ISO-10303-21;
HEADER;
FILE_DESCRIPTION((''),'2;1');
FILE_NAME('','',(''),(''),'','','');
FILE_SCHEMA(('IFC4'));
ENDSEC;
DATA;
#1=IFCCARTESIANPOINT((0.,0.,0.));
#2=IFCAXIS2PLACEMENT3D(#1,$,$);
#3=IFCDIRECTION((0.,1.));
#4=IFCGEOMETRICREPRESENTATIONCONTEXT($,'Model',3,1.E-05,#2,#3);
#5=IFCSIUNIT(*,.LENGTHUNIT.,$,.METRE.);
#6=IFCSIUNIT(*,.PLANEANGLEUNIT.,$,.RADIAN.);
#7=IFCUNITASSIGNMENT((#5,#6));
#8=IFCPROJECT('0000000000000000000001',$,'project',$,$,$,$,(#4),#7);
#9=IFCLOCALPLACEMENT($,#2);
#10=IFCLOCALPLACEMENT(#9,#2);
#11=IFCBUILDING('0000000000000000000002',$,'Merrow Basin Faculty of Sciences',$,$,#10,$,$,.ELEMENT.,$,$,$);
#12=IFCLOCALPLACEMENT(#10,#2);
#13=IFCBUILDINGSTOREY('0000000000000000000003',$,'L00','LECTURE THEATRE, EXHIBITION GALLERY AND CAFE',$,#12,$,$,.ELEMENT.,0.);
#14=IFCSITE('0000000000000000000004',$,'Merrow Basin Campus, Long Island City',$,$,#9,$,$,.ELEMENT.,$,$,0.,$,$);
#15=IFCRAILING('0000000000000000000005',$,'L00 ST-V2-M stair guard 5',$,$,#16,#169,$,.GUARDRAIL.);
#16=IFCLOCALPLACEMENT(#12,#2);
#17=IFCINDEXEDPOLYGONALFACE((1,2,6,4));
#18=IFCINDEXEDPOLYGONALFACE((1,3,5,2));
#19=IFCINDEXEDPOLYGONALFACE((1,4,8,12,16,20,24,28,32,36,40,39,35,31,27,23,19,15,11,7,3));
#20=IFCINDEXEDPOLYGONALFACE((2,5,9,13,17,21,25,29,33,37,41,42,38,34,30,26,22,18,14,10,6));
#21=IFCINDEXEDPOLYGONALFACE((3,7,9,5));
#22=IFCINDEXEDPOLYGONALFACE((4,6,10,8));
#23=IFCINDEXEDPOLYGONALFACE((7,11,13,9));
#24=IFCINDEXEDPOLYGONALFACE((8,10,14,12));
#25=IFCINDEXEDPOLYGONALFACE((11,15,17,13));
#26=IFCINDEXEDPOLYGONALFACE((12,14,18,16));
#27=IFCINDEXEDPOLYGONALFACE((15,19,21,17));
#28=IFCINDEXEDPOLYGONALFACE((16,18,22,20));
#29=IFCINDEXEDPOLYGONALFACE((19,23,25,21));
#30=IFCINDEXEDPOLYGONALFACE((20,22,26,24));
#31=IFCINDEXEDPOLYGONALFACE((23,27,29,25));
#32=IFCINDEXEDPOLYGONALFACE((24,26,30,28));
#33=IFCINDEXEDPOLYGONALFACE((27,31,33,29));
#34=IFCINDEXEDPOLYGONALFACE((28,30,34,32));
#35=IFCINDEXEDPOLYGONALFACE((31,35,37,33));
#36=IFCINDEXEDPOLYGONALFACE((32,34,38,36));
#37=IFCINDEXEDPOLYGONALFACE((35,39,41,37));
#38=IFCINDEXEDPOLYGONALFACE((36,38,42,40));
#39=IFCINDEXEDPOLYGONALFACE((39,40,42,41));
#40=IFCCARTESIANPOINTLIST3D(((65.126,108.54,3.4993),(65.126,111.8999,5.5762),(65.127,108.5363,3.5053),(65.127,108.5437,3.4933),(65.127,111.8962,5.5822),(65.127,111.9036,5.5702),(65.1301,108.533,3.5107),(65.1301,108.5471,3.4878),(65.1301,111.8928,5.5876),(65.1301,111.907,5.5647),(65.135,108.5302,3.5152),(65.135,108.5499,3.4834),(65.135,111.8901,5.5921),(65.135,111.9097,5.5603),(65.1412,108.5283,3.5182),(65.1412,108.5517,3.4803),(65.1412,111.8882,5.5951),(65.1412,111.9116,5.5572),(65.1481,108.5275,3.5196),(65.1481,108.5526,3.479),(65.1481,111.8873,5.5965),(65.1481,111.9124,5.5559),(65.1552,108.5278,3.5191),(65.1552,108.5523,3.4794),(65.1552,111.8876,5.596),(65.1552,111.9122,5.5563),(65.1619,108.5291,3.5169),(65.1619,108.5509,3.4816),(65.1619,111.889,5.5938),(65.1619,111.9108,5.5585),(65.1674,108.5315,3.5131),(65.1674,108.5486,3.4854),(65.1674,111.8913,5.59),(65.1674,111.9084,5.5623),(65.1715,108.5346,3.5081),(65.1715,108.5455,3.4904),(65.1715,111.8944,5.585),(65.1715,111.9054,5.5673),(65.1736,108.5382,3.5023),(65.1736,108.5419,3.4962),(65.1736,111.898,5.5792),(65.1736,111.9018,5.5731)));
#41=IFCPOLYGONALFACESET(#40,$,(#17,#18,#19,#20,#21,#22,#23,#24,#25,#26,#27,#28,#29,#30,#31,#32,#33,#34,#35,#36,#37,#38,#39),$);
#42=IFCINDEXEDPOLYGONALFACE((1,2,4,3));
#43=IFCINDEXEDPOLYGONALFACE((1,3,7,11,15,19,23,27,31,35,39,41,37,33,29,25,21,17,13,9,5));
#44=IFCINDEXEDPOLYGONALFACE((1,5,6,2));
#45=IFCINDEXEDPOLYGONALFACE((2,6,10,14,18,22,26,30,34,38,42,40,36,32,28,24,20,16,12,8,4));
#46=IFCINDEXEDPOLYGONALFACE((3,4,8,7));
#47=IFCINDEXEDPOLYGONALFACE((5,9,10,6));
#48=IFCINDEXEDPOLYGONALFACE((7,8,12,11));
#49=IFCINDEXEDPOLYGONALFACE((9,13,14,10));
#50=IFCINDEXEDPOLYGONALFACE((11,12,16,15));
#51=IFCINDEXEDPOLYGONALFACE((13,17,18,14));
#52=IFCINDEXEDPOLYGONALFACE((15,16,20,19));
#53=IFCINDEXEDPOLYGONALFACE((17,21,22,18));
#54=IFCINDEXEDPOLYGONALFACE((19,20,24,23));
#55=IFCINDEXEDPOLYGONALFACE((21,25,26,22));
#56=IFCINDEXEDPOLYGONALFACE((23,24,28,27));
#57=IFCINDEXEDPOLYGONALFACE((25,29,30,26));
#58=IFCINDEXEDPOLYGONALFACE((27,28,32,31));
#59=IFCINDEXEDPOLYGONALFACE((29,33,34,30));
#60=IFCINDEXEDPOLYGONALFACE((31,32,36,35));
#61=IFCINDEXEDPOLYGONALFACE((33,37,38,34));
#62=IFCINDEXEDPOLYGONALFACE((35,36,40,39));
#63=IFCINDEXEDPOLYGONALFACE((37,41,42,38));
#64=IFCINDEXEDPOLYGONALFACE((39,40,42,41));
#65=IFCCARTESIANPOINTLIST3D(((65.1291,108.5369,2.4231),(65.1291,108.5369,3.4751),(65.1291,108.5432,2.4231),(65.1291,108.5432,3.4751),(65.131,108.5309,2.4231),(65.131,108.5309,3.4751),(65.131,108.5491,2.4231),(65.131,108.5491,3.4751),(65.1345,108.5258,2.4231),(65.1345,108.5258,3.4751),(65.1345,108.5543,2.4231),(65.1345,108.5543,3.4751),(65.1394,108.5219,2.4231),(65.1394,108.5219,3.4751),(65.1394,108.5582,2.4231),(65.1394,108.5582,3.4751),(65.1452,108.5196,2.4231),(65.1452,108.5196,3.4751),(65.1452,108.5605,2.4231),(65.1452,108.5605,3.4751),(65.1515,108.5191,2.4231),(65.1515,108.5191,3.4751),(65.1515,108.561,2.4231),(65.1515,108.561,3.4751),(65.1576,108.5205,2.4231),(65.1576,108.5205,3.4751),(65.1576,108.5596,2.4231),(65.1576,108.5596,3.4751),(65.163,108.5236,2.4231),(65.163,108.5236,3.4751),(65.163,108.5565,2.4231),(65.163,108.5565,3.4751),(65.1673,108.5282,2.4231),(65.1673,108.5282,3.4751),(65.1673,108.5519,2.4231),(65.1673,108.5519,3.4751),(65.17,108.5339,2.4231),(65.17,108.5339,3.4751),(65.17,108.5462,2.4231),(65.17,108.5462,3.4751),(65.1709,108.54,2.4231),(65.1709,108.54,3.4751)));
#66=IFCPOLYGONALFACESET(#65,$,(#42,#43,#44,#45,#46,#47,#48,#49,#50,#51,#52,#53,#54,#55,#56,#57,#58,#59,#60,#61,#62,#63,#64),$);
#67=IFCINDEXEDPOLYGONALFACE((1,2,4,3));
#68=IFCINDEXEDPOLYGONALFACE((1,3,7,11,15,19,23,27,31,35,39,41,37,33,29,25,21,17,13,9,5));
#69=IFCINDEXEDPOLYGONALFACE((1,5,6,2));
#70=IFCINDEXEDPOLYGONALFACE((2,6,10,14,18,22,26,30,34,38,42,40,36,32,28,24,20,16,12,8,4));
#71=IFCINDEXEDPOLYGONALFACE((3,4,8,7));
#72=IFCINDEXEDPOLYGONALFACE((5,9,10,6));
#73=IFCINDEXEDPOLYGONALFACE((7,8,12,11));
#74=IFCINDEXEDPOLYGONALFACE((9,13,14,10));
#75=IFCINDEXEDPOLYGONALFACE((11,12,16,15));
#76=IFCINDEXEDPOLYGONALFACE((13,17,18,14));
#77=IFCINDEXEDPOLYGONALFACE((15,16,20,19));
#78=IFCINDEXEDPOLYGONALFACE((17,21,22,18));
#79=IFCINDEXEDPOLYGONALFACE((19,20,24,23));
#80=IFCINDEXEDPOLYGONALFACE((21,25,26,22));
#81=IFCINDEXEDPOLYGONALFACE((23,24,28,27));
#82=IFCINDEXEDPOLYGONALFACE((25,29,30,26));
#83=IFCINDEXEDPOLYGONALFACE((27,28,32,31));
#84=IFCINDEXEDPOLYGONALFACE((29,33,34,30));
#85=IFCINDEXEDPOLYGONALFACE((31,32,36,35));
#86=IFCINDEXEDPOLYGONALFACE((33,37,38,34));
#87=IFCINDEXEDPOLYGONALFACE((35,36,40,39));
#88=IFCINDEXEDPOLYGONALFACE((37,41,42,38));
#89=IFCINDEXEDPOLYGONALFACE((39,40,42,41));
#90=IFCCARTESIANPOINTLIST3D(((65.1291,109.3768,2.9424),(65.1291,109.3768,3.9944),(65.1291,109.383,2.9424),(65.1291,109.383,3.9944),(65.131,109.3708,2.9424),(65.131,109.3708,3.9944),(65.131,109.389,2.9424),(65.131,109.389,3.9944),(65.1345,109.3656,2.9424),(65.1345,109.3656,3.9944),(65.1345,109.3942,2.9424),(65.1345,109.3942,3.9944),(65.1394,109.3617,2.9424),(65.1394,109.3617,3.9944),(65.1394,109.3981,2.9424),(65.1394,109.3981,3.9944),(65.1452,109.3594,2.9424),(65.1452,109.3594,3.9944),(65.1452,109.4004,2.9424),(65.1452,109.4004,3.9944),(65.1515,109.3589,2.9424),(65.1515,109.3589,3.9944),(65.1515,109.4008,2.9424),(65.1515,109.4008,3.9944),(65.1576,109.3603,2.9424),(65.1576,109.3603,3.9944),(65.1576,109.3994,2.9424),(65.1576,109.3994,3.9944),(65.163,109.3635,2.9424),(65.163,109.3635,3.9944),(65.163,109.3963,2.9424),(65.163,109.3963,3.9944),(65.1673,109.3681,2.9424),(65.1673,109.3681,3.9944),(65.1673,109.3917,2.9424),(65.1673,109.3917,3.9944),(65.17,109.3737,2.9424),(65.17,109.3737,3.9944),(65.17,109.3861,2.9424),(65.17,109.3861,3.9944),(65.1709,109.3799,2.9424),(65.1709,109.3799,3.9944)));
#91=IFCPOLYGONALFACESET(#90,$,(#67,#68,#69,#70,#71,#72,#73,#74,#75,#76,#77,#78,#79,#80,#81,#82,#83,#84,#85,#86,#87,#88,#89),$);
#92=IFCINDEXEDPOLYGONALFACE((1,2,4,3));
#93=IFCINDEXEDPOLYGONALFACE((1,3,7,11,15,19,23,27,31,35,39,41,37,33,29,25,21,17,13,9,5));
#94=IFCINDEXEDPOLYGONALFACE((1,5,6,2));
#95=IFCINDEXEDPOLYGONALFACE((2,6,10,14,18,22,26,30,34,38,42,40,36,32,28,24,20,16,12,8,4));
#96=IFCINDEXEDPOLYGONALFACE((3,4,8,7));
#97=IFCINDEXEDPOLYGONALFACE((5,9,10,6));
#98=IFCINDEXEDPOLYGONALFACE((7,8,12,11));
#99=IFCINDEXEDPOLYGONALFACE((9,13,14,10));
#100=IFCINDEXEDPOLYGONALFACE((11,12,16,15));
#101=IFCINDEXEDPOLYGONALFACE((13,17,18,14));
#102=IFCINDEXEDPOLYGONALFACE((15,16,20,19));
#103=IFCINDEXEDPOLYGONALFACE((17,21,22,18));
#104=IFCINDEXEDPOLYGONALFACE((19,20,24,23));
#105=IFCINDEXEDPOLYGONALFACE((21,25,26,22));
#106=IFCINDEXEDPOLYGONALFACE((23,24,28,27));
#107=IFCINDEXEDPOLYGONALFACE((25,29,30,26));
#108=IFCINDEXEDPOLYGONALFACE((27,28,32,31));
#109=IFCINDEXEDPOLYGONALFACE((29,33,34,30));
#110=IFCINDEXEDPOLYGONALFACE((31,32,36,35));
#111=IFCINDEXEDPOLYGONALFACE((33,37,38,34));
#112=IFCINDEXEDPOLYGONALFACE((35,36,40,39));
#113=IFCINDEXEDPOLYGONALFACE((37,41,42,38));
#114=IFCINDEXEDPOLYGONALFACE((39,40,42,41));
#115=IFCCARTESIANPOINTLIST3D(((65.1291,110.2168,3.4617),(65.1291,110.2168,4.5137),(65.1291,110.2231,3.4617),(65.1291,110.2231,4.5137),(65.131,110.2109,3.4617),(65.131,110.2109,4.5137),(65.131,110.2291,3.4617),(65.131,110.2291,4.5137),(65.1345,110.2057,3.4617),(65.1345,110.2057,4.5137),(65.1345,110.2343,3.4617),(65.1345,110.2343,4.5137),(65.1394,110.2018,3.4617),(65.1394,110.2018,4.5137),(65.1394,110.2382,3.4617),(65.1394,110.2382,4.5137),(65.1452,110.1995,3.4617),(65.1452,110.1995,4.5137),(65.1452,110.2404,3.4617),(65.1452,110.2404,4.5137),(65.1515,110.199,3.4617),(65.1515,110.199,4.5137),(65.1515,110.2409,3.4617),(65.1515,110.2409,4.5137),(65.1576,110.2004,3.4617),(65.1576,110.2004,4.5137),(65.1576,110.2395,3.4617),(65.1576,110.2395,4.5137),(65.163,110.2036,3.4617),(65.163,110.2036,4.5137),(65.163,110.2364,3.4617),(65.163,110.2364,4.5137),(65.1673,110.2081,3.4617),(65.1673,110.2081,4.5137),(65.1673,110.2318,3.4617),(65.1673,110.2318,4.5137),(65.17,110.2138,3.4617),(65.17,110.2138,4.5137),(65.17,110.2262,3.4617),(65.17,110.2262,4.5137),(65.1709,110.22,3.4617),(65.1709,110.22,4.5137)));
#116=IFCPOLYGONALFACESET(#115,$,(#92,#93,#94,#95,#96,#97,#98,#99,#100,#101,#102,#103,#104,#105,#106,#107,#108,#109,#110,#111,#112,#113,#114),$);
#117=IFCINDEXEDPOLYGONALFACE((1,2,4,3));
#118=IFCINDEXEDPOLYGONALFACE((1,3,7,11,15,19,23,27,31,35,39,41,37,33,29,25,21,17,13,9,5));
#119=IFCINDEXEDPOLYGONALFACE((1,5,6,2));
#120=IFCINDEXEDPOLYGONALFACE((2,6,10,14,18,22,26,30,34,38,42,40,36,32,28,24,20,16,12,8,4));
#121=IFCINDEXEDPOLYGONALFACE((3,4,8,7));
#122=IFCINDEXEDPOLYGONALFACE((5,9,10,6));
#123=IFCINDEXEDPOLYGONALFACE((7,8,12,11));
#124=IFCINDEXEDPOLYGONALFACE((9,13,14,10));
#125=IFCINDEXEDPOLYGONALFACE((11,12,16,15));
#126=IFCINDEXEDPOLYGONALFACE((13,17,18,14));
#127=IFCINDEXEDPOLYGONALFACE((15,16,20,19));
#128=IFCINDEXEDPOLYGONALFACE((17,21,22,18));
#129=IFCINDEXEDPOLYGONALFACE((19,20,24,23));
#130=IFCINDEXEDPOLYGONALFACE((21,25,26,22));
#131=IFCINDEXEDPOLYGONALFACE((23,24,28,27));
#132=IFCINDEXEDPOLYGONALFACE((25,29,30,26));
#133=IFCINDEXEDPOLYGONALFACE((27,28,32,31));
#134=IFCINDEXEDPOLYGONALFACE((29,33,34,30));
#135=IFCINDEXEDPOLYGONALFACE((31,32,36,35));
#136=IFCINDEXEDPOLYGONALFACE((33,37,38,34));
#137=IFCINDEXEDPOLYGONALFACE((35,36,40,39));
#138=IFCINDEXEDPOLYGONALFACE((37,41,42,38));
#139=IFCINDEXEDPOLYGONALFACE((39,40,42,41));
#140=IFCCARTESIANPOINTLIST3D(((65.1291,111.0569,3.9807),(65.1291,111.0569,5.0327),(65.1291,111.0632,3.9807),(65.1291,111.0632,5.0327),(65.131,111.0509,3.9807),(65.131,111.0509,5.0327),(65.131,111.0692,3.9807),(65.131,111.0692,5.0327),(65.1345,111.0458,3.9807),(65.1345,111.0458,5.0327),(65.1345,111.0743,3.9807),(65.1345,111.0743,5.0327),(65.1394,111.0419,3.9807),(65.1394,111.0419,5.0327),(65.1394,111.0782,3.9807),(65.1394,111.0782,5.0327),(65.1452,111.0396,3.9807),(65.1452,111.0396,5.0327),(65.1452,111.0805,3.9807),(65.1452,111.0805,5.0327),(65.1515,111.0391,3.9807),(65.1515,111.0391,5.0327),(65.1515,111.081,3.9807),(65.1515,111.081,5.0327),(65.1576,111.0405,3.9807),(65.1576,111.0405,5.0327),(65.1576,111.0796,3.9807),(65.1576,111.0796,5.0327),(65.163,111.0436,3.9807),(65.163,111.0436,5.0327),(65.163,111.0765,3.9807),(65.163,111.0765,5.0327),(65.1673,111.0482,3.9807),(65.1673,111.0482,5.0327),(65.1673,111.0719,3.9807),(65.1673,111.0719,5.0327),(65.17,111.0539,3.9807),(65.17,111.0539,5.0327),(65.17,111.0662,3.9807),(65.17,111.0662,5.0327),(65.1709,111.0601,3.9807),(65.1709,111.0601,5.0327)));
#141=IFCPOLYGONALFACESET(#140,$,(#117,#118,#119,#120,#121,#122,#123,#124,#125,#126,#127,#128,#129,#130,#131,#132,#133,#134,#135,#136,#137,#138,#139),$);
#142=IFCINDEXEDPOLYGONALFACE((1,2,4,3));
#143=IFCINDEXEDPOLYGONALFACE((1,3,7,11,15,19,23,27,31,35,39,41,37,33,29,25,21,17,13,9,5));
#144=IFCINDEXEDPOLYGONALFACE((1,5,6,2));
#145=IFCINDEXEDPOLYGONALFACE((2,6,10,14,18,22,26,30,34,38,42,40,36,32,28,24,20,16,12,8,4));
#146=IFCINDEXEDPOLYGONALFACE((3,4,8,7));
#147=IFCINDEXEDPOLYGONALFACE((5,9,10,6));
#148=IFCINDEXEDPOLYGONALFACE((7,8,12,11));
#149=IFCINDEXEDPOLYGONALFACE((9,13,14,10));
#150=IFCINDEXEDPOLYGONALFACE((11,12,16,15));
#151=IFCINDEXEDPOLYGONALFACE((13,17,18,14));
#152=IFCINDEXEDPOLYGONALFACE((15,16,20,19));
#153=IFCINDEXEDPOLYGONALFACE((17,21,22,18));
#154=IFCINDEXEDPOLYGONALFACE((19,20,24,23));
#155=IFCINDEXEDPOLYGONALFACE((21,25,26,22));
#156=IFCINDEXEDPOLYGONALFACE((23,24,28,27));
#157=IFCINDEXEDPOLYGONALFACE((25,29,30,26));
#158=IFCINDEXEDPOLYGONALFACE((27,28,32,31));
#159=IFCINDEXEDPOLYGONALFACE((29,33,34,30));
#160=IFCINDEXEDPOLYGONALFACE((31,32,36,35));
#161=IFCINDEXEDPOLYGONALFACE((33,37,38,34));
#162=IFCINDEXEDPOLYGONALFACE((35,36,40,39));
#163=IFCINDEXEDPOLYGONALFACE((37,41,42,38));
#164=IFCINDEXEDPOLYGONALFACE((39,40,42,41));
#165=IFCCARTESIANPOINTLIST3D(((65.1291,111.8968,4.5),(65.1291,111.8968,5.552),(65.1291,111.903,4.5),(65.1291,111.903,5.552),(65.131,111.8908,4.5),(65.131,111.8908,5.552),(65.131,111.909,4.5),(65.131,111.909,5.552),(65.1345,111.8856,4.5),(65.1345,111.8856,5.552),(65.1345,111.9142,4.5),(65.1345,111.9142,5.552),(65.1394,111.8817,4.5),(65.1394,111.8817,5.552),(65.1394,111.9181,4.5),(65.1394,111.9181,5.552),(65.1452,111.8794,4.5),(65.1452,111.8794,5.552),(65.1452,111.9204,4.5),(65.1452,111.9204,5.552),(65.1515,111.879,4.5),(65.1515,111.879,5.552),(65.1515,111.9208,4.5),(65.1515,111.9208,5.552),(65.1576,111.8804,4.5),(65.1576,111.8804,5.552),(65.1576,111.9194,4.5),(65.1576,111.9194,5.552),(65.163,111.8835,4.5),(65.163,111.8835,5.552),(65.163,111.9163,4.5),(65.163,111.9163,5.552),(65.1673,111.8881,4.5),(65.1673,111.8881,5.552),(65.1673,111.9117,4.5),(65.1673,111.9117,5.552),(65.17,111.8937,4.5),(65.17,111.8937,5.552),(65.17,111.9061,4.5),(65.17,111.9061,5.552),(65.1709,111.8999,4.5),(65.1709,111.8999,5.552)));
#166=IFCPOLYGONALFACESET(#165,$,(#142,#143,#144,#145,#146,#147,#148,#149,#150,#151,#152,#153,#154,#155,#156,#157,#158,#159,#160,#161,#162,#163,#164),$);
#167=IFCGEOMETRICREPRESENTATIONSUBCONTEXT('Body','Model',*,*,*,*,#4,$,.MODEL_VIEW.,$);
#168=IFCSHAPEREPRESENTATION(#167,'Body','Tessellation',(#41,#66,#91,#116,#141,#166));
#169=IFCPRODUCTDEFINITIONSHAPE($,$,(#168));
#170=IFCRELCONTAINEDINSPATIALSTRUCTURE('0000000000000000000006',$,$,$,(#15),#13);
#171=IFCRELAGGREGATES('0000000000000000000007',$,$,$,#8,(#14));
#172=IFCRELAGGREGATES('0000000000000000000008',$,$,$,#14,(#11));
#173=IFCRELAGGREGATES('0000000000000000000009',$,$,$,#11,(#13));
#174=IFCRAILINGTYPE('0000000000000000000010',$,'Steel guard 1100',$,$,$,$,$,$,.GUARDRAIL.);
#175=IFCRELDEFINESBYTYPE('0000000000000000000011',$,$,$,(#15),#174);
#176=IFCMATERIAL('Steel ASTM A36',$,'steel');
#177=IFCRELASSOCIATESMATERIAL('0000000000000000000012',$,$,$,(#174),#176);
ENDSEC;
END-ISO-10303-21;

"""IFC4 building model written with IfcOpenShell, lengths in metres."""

from ifc_helpers import new_model, si_unit, direction, frame, origin, origin_2d, place, context, subcontext, project, spatial, circle, extrude, material, type_object, element, save


model = new_model("IFC4")

# Units and contexts
model_context = context("Model", 3, precision=1e-05, world=origin(), true_north=direction((0.0, 1.0)))
body_context = subcontext(model_context, "Body", "Model", "MODEL_VIEW")
ifc_project = project(units=[si_unit("LENGTHUNIT", "METRE"), si_unit("PLANEANGLEUNIT", "RADIAN")], contexts=[model_context])

# Site, building, storey
site_placement = place(None, origin())
site = spatial("IfcSite", under=ifc_project, at=site_placement, Name="Merrow Basin Campus, Long Island City", CompositionType="ELEMENT", RefElevation=0.0)
building_placement = place(site_placement, origin())
building = spatial("IfcBuilding", under=site, at=building_placement, Name="Merrow Basin Faculty of Sciences", CompositionType="ELEMENT")
storey_placement = place(building_placement, origin())
storey = spatial("IfcBuildingStorey", under=building, at=storey_placement, Name="L00", Description="LECTURE THEATRE, EXHIBITION GALLERY AND CAFE", CompositionType="ELEMENT", Elevation=0.0)

# Railing
ifc_material_1 = material(Name="Steel ASTM A36", Category="steel")
railing_type_1 = type_object("IfcRailingType", Name="Steel guard 1100", PredefinedType="GUARDRAIL", material=ifc_material_1)
railing_1_placement = place(storey_placement, frame((65.1499, 108.54, 2.4231)))
element("IfcRailing", 1, at=railing_1_placement, inside=storey, type_object=railing_type_1, Name="L00 ST-V2-M stair guard 5", PredefinedType="GUARDRAIL", context=body_context, shape_type="SweptSolid", body=[
    extrude(circle(Radius=0.0239, at=origin_2d()), frame((0.0, 0.0, 1.0762), z_axis=(0.0, 0.850606, 0.525803), x_axis=(-1.0, 0.0, 0.0)), (0.0, 0.0, 1.0), 3.95),
    extrude(circle(Radius=0.021, at=origin_2d()), origin(), (0.0, 0.0, 1.0), 1.052),
    extrude(circle(Radius=0.021, at=origin_2d()), frame((0.0, 0.8398, 0.5193)), (0.0, 0.0, 1.0), 1.052),
    extrude(circle(Radius=0.021, at=origin_2d()), frame((0.0, 1.6799, 1.0386)), (0.0, 0.0, 1.0), 1.052),
    extrude(circle(Radius=0.021, at=origin_2d()), frame((0.0, 2.52, 1.5576)), (0.0, 0.0, 1.0), 1.052),
    extrude(circle(Radius=0.021, at=origin_2d()), frame((0.0, 3.3599, 2.0769)), (0.0, 0.0, 1.0), 1.052),
])

save(model, "model.ifc")
